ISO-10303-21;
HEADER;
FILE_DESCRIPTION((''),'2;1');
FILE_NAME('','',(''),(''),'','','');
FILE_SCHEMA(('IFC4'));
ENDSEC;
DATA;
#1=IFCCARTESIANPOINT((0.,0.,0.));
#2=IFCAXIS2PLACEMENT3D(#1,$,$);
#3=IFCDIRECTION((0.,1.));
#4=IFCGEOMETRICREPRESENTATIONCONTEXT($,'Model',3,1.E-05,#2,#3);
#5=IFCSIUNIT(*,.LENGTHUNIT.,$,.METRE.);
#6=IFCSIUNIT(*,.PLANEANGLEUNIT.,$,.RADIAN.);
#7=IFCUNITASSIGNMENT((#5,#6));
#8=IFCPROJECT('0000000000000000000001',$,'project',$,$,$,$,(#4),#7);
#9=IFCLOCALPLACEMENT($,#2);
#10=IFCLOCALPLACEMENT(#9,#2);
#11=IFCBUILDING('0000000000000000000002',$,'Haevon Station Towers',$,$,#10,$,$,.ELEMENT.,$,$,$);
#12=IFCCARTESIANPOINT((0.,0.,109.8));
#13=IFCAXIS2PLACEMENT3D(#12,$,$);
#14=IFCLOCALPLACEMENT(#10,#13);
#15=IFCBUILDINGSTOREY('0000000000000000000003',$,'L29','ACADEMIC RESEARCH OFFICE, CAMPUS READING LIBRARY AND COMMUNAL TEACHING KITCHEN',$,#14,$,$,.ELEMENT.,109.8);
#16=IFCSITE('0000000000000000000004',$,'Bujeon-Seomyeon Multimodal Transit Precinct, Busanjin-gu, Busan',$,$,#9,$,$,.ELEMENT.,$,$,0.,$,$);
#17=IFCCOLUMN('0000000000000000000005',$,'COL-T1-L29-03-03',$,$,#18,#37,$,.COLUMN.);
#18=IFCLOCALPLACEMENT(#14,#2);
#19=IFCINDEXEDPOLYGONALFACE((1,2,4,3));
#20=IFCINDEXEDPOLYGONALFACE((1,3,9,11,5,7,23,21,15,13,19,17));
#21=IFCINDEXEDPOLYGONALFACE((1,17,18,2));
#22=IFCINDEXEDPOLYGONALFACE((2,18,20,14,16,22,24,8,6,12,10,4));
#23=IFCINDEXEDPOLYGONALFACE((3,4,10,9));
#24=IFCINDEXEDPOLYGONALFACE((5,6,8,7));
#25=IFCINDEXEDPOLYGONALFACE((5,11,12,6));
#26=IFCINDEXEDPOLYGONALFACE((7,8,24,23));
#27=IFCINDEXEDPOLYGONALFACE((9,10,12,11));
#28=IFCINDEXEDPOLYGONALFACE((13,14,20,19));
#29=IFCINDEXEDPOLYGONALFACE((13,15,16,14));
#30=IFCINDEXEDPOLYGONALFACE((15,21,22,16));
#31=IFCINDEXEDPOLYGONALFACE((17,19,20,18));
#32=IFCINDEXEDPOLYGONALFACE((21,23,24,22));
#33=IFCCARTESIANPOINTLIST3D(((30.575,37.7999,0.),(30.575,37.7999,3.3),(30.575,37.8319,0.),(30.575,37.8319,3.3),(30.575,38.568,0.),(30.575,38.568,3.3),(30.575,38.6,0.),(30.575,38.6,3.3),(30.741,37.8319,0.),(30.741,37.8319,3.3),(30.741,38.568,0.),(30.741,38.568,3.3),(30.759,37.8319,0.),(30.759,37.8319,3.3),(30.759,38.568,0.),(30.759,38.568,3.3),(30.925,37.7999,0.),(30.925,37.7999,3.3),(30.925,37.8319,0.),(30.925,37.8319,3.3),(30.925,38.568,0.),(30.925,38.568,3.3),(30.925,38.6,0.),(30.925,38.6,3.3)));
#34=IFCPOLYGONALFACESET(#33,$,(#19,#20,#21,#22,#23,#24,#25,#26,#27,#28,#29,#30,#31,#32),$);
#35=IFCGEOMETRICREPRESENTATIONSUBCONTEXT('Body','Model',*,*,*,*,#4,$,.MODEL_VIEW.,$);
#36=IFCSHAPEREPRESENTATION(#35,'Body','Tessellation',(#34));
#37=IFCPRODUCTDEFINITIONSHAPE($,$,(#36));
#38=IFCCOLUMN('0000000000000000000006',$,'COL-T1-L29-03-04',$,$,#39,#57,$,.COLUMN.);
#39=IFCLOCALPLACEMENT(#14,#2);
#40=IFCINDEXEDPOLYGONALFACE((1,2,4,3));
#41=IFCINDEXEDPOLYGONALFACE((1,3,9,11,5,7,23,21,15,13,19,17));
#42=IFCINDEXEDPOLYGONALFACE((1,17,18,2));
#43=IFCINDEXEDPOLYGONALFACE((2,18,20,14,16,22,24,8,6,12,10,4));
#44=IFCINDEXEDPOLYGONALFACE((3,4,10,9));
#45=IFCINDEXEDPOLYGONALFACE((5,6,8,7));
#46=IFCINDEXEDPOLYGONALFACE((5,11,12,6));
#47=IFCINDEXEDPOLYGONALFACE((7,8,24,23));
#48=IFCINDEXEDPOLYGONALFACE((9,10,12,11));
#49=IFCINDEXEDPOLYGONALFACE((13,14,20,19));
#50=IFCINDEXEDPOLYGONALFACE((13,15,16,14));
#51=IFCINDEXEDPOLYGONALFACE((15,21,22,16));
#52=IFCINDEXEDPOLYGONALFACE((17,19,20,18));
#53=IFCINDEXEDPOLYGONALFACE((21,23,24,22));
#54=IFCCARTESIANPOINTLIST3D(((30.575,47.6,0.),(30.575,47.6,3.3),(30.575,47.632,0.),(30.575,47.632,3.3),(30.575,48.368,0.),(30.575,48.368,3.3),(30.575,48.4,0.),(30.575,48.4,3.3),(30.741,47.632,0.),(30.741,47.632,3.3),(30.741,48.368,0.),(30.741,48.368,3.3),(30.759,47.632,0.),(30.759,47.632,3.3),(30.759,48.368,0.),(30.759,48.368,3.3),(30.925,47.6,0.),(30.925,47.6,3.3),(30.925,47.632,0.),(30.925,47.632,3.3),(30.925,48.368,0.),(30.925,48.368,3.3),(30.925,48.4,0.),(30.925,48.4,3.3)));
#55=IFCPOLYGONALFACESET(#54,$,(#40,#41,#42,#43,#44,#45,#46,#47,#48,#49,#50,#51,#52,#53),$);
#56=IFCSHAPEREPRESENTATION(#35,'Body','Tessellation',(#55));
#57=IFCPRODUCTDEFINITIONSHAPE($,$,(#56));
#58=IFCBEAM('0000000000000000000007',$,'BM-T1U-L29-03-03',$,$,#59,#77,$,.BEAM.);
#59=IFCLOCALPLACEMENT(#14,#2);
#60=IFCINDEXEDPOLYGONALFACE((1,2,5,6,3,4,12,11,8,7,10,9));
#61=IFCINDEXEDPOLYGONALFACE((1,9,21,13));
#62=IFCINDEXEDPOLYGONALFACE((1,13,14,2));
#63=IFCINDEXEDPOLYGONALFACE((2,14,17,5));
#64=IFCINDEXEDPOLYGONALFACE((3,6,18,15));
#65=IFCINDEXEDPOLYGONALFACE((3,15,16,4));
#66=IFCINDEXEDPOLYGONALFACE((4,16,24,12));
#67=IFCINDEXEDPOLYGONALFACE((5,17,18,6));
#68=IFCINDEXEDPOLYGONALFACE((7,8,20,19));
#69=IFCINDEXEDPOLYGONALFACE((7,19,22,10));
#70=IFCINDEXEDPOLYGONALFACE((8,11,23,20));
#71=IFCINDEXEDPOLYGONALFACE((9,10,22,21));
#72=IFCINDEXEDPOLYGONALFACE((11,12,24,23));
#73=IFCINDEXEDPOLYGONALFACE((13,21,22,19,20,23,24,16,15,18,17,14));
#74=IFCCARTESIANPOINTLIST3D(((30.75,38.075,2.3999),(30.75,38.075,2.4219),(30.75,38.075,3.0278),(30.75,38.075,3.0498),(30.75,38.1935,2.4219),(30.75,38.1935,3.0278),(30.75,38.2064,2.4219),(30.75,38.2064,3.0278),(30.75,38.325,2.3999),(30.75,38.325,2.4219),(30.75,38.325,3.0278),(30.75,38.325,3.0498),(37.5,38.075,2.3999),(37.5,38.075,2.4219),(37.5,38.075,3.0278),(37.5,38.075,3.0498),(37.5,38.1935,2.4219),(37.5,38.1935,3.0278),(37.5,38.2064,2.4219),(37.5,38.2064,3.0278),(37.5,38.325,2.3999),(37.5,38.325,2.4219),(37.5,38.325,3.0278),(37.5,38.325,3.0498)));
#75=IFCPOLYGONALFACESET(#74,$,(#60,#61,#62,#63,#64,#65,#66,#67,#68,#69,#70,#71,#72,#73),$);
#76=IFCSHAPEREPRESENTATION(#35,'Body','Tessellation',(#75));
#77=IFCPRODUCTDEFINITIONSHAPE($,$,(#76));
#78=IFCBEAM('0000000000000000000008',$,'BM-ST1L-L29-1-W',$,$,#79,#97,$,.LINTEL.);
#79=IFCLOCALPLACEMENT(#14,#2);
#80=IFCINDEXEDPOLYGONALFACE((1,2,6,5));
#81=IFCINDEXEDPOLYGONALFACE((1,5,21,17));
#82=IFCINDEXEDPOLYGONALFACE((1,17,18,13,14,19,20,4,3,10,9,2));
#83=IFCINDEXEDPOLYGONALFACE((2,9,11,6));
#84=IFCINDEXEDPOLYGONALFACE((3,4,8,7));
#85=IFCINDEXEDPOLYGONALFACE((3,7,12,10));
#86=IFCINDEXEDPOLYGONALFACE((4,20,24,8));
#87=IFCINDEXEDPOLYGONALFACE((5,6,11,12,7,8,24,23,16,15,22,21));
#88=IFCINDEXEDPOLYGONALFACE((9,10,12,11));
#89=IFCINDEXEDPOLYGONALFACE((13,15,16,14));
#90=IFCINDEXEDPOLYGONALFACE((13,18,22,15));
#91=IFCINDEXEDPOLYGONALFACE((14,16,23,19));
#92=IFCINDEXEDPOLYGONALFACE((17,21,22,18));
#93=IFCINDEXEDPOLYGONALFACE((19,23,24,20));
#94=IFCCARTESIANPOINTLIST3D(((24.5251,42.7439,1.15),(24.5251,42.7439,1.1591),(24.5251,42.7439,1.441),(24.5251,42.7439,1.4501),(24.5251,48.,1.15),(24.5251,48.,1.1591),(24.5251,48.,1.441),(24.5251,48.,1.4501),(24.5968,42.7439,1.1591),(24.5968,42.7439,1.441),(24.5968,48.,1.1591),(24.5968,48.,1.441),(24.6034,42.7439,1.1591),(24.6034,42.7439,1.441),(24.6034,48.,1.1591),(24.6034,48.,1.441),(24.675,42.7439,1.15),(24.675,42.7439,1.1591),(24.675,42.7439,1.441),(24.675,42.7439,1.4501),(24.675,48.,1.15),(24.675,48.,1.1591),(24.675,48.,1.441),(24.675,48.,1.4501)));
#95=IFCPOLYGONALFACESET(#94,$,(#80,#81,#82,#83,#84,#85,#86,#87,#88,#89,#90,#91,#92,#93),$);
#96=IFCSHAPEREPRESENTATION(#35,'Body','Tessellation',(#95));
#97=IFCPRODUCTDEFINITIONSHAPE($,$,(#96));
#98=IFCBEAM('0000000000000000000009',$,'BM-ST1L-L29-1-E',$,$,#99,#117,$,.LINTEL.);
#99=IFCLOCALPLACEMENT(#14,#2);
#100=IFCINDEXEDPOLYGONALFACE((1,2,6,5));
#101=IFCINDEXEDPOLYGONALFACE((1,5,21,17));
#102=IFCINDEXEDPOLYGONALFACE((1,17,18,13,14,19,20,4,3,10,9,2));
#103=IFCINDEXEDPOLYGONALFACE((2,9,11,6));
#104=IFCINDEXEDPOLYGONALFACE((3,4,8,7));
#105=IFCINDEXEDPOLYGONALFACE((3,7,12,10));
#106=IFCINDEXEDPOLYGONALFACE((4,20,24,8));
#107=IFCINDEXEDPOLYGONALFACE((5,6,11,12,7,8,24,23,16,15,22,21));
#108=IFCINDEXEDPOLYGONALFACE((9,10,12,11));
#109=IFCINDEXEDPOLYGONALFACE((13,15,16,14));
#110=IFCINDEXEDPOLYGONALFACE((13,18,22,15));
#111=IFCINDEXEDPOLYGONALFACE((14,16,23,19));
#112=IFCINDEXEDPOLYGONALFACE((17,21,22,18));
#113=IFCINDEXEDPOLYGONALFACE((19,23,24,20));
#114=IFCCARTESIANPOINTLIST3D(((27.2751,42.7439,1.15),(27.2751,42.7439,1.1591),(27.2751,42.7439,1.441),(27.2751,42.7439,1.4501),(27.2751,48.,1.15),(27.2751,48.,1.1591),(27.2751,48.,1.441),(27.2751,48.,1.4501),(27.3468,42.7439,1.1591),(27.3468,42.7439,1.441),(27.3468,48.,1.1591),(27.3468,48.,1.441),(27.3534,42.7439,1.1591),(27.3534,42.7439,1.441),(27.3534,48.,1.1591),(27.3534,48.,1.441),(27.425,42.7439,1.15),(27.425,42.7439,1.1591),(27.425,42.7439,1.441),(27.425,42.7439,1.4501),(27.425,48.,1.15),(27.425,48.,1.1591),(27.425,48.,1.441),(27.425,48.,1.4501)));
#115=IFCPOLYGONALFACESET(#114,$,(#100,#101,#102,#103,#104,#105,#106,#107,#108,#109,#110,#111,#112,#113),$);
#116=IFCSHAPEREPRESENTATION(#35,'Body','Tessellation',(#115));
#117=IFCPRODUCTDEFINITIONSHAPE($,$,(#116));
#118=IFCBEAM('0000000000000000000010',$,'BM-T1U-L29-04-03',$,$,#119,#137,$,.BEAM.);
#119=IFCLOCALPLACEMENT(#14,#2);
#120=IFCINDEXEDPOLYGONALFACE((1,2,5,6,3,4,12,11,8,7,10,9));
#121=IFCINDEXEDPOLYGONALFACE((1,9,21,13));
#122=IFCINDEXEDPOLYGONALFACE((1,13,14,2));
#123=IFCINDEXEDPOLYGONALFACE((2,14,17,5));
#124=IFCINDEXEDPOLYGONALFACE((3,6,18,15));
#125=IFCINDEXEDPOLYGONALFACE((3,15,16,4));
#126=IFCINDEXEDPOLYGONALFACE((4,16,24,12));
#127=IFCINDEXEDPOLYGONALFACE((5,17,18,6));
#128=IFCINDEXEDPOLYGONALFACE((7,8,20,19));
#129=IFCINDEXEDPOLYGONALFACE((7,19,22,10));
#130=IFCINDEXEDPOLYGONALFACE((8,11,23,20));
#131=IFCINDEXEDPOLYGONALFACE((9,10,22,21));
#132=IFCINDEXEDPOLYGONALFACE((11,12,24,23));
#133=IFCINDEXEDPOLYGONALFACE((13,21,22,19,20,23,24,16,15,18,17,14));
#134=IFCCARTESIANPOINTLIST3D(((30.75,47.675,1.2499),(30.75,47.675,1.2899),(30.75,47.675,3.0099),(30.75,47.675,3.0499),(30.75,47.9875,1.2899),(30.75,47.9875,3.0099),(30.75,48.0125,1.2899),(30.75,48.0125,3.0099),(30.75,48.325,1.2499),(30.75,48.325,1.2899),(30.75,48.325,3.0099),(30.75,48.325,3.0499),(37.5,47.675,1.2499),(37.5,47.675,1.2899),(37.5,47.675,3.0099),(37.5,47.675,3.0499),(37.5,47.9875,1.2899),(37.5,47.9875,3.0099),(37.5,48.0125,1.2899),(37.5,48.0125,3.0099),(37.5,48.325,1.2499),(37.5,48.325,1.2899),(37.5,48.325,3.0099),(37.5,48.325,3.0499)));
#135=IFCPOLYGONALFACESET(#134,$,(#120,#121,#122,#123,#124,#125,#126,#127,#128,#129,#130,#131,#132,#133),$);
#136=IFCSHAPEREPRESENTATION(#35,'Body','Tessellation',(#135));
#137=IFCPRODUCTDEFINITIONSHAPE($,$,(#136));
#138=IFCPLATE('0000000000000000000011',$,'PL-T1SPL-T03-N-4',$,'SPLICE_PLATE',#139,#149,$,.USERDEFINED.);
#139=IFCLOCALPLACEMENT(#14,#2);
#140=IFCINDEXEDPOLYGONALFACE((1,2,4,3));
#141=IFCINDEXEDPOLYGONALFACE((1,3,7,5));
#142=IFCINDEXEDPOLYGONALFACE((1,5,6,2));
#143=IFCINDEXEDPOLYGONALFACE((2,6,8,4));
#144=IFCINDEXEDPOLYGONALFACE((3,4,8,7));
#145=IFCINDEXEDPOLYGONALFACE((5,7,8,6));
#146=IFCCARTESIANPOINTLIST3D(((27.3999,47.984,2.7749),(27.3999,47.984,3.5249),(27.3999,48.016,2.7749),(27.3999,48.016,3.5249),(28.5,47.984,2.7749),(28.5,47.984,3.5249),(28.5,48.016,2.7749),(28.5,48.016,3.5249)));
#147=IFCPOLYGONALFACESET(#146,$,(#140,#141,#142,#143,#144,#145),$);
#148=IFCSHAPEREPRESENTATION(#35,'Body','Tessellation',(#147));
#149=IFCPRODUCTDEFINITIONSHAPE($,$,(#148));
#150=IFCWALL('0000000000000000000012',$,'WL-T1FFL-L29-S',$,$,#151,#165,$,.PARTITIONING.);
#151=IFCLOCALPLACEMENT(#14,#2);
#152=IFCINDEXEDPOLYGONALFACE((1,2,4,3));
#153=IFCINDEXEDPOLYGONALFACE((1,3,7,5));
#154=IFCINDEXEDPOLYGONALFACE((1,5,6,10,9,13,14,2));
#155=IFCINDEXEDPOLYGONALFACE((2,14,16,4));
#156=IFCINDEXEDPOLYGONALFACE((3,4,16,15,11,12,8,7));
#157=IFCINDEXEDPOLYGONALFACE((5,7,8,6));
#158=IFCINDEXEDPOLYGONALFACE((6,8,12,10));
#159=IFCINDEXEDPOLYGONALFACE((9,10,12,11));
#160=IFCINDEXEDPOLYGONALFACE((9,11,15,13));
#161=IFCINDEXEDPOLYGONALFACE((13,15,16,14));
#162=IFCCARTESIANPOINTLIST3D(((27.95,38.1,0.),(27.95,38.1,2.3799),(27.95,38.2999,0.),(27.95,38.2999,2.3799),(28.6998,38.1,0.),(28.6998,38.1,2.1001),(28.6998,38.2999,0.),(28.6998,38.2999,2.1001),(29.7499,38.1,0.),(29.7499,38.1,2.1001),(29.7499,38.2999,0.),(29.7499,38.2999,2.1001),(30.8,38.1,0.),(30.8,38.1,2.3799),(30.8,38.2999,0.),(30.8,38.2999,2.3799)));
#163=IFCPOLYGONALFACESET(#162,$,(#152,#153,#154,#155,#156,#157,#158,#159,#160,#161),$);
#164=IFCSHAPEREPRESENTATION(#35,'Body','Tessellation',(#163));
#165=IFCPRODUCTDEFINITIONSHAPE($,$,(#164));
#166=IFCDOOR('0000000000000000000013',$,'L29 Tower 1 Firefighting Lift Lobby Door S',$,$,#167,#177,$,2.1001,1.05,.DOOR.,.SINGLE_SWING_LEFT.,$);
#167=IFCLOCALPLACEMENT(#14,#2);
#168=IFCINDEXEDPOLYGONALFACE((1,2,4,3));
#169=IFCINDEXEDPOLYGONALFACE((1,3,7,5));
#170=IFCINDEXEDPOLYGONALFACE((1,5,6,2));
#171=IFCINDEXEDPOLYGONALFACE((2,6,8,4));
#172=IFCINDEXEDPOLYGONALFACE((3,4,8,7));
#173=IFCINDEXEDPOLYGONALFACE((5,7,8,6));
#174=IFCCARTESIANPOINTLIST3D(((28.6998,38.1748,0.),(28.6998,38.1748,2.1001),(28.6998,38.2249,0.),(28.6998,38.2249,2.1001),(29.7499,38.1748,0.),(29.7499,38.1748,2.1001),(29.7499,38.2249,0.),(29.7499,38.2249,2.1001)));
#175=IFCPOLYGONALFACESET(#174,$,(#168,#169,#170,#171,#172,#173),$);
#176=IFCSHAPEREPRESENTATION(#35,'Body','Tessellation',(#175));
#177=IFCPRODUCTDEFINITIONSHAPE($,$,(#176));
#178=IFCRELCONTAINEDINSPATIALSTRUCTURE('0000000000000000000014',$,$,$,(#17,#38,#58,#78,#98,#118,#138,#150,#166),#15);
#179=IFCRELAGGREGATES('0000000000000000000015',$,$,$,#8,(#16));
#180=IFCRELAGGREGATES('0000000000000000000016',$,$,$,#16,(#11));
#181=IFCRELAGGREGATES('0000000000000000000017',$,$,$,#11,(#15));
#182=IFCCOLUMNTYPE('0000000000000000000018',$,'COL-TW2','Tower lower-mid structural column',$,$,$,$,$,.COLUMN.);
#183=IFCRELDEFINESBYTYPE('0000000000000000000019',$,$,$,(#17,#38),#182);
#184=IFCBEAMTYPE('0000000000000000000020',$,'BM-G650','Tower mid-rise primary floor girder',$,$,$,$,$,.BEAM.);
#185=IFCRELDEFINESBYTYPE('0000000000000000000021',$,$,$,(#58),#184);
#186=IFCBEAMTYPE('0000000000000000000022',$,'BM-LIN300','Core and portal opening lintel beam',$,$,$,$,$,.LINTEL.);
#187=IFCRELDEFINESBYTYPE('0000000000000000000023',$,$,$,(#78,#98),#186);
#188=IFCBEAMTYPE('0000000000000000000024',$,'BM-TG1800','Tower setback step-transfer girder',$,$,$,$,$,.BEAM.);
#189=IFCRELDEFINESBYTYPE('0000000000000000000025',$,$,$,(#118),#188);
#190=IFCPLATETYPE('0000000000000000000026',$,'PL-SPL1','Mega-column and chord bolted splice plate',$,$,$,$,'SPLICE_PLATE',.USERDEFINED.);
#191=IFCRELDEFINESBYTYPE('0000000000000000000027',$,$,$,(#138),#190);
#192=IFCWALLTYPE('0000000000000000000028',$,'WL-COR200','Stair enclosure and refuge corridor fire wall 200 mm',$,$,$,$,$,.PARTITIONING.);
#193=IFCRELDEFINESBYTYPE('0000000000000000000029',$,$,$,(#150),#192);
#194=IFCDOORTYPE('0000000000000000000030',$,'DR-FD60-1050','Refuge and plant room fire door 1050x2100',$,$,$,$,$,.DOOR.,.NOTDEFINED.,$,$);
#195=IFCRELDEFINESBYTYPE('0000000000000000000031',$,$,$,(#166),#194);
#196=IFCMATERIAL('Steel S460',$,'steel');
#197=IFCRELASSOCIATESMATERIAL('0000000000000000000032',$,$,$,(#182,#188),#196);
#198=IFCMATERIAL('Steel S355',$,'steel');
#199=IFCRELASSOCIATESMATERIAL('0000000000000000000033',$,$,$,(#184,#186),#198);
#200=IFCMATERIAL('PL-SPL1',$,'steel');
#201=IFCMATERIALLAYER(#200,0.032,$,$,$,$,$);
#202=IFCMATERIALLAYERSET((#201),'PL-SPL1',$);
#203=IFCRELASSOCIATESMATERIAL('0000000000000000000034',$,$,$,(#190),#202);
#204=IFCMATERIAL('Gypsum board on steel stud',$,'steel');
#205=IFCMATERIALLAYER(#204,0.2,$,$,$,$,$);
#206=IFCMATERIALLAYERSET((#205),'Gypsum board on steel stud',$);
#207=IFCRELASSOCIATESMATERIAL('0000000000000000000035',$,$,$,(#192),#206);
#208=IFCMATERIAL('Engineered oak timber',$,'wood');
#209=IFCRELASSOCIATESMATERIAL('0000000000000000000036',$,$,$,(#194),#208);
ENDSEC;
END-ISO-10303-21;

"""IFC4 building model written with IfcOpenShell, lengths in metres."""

from ifc_helpers import new_model, si_unit, direction, frame, frame_2d, origin, origin_2d, place, context, subcontext, project, spatial, rectangle, i_section, extrude, material, layer, layer_set, material_profile, profile_set, type_object, element, fill, save


model = new_model("IFC4")

# Units and contexts
model_context = context("Model", 3, precision=1e-05, world=origin(), true_north=direction((0.0, 1.0)))
body_context = subcontext(model_context, "Body", "Model", "MODEL_VIEW")
ifc_project = project(units=[si_unit("LENGTHUNIT", "METRE"), si_unit("PLANEANGLEUNIT", "RADIAN")], contexts=[model_context])

# Site, building, storey
site_placement = place(None, origin())
site = spatial("IfcSite", under=ifc_project, at=site_placement, Name="Bujeon-Seomyeon Multimodal Transit Precinct, Busanjin-gu, Busan", CompositionType="ELEMENT", RefElevation=0.0)
building_placement = place(site_placement, origin())
building = spatial("IfcBuilding", under=site, at=building_placement, Name="Haevon Station Towers", CompositionType="ELEMENT")
storey_placement = place(building_placement, frame((0.0, 0.0, 109.8)))
storey = spatial("IfcBuildingStorey", under=building, at=storey_placement, Name="L29", Description="ACADEMIC RESEARCH OFFICE, CAMPUS READING LIBRARY AND COMMUNAL TEACHING KITCHEN", CompositionType="ELEMENT", Elevation=109.8)

# Columns
ifc_material_1 = material(Name="Steel S460", Category="steel")
ifc_material_profile_1 = material_profile(ifc_material_1, i_section(OverallWidth=0.3501, OverallDepth=0.8, WebThickness=0.0181, FlangeThickness=0.032, at=origin_2d()), Name="H-800x350x18x32")
ifc_profile_set_1 = profile_set([ifc_material_profile_1], Name="Steel S460")
column_type = type_object("IfcColumnType", Name="COL-TW2", Description="Tower lower-mid structural column", PredefinedType="COLUMN", material=ifc_profile_set_1)
for number, where, z_axis, x_axis, name in (
    (1, (30.75, 38.2, 0.0), (0.0, 0.0, 1.0), (1.0, 0.0, 0.0), "COL-T1-L29-03-03"),
    (2, (30.75, 48.0, 0.0), (0.0, 0.0, 1.0), (1.0, 0.0, 0.0), "COL-T1-L29-03-04"),
):
    element("IfcColumn", number, at=place(storey_placement, frame(where, z_axis=z_axis, x_axis=x_axis)), inside=storey, type_object=column_type, Name=name, PredefinedType="COLUMN", context=body_context, shape_type="SweptSolid", body=[
        extrude(i_section(OverallWidth=0.3501, OverallDepth=0.8, WebThickness=0.0181, FlangeThickness=0.032, at=origin_2d()), origin(), (0.0, 0.0, 1.0), 3.3),
    ])

# Beams
ifc_material_2 = material(Name="Steel S355", Category="steel")
ifc_material_profile_2 = material_profile(ifc_material_2, i_section(OverallWidth=0.25, OverallDepth=0.6499, WebThickness=0.0129, FlangeThickness=0.022, at=origin_2d()), Name="H-650x250x13x22")
ifc_profile_set_2 = profile_set([ifc_material_profile_2], Name="Steel S355")
beam_type_1 = type_object("IfcBeamType", Name="BM-G650", Description="Tower mid-rise primary floor girder", PredefinedType="BEAM", material=ifc_profile_set_2)
beam_1_placement = place(storey_placement, frame((30.75, 38.2, 2.7249), z_axis=(1.0, 0.0, 0.0), x_axis=(0.0, 1.0, 0.0)))
element("IfcBeam", 3, at=beam_1_placement, inside=storey, type_object=beam_type_1, Name="BM-T1U-L29-03-03", PredefinedType="BEAM", context=body_context, shape_type="SweptSolid", body=[
    extrude(i_section(OverallWidth=0.25, OverallDepth=0.6499, WebThickness=0.0129, FlangeThickness=0.022, at=origin_2d()), origin(), (0.0, 0.0, 1.0), 6.75),
])
ifc_material_profile_3 = material_profile(ifc_material_2, i_section(OverallWidth=0.1499, OverallDepth=0.3, WebThickness=0.0066, FlangeThickness=0.009, at=origin_2d()), Name="H-300x150x6.5x9")
ifc_profile_set_3 = profile_set([ifc_material_profile_3], Name="Steel S355")
beam_type_2 = type_object("IfcBeamType", Name="BM-LIN300", Description="Core and portal opening lintel beam", PredefinedType="LINTEL", material=ifc_profile_set_3)
for number, where, z_axis, x_axis, name in (
    (4, (24.6001, 42.7439, 1.3), (0.0, 1.0, 0.0), (-1.0, 0.0, 0.0), "BM-ST1L-L29-1-W"),
    (5, (27.3501, 42.7439, 1.3), (0.0, 1.0, 0.0), (-1.0, 0.0, 0.0), "BM-ST1L-L29-1-E"),
):
    element("IfcBeam", number, at=place(storey_placement, frame(where, z_axis=z_axis, x_axis=x_axis)), inside=storey, type_object=beam_type_2, Name=name, PredefinedType="LINTEL", context=body_context, shape_type="SweptSolid", body=[
        extrude(i_section(OverallWidth=0.1499, OverallDepth=0.3, WebThickness=0.0066, FlangeThickness=0.009, at=origin_2d()), origin(), (0.0, 0.0, 1.0), 5.2561),
    ])
ifc_material_profile_4 = material_profile(ifc_material_1, i_section(OverallWidth=0.6499, OverallDepth=1.8, WebThickness=0.0249, FlangeThickness=0.04, at=origin_2d()), Name="H-1800x650x25x40")
ifc_profile_set_4 = profile_set([ifc_material_profile_4], Name="Steel S460")
beam_type_3 = type_object("IfcBeamType", Name="BM-TG1800", Description="Tower setback step-transfer girder", PredefinedType="BEAM", material=ifc_profile_set_4)
beam_2_placement = place(storey_placement, frame((30.75, 48.0, 2.1499), z_axis=(1.0, 0.0, 0.0), x_axis=(0.0, 1.0, 0.0)))
element("IfcBeam", 6, at=beam_2_placement, inside=storey, type_object=beam_type_3, Name="BM-T1U-L29-04-03", PredefinedType="BEAM", context=body_context, shape_type="SweptSolid", body=[
    extrude(i_section(OverallWidth=0.6499, OverallDepth=1.8, WebThickness=0.0249, FlangeThickness=0.04, at=origin_2d()), origin(), (0.0, 0.0, 1.0), 6.75),
])

# Plate
ifc_material_3 = material(Name="PL-SPL1", Category="steel")
ifc_layer_1 = layer(ifc_material_3, 0.032)
ifc_layer_set_1 = layer_set([ifc_layer_1], Name="PL-SPL1")
plate_type = type_object("IfcPlateType", Name="PL-SPL1", Description="Mega-column and chord bolted splice plate", ElementType="SPLICE_PLATE", PredefinedType="USERDEFINED", material=ifc_layer_set_1)
plate_placement = place(storey_placement, frame((27.95, 48.0, 2.7749), z_axis=(0.0, 0.0, 1.0), x_axis=(1.0, 0.0, 0.0)))
element("IfcPlate", 7, at=plate_placement, inside=storey, type_object=plate_type, Name="PL-T1SPL-T03-N-4", ObjectType="SPLICE_PLATE", PredefinedType="USERDEFINED", context=body_context, shape_type="SweptSolid", body=[
    extrude(rectangle(XDim=1.1001, YDim=0.032, at=origin_2d()), origin(), (0.0, 0.0, 1.0), 0.75),
])

# Wall, opening, door
ifc_material_4 = material(Name="Gypsum board on steel stud", Category="steel")
ifc_layer_2 = layer(ifc_material_4, 0.2)
ifc_layer_set_2 = layer_set([ifc_layer_2], Name="Gypsum board on steel stud")
wall_type_1 = type_object("IfcWallType", Name="WL-COR200", Description="Stair enclosure and refuge corridor fire wall 200 mm", PredefinedType="PARTITIONING", material=ifc_layer_set_2)
wall_1_placement = place(storey_placement, frame((27.95, 38.2, 0.0), z_axis=(0.0, 0.0, 1.0), x_axis=(1.0, 0.0, 0.0)))
wall_1 = element("IfcWall", 8, at=wall_1_placement, inside=storey, type_object=wall_type_1, Name="WL-T1FFL-L29-S", PredefinedType="PARTITIONING", context=body_context, shape_type="SweptSolid", body=[
    extrude(rectangle(XDim=2.8501, YDim=0.2, at=frame_2d((1.425, 0.0))), origin(), (0.0, 0.0, 1.0), 2.3799),
])
opening_1_placement = place(wall_1_placement, frame((0.75, 0.0, 0.0)))
opening_1 = element("IfcOpeningElement", 9, at=opening_1_placement, cuts=wall_1, PredefinedType="OPENING", context=body_context, shape_type="SweptSolid", body=[
    extrude(rectangle(XDim=1.05, YDim=2.1001, at=frame_2d((0.5249, 1.05))), frame((0.0, 0.1099, 0.0), z_axis=(0.0, -1.0, 0.0), x_axis=(1.0, 0.0, 0.0)), (0.0, 0.0, 1.0), 0.22),
])
ifc_material_5 = material(Name="Engineered oak timber", Category="wood")
door_type_1 = type_object("IfcDoorType", Name="DR-FD60-1050", Description="Refuge and plant room fire door 1050x2100", OperationType="NOTDEFINED", PredefinedType="DOOR", material=ifc_material_5)
door_1_placement = place(opening_1_placement, origin())
door_1 = element("IfcDoor", 10, at=door_1_placement, inside=storey, type_object=door_type_1, Name="L29 Tower 1 Firefighting Lift Lobby Door S", OperationType="SINGLE_SWING_LEFT", OverallHeight=2.1001, OverallWidth=1.05, PredefinedType="DOOR", context=body_context, shape_type="SweptSolid", body=[
    extrude(rectangle(XDim=1.05, YDim=2.1001, at=frame_2d((0.5249, 1.05))), frame((0.0, 0.0249, 0.0), z_axis=(0.0, -1.0, 0.0), x_axis=(1.0, 0.0, 0.0)), (0.0, 0.0, 1.0), 0.05),
])
fill(opening_1, door_1)

save(model, "model.ifc")
